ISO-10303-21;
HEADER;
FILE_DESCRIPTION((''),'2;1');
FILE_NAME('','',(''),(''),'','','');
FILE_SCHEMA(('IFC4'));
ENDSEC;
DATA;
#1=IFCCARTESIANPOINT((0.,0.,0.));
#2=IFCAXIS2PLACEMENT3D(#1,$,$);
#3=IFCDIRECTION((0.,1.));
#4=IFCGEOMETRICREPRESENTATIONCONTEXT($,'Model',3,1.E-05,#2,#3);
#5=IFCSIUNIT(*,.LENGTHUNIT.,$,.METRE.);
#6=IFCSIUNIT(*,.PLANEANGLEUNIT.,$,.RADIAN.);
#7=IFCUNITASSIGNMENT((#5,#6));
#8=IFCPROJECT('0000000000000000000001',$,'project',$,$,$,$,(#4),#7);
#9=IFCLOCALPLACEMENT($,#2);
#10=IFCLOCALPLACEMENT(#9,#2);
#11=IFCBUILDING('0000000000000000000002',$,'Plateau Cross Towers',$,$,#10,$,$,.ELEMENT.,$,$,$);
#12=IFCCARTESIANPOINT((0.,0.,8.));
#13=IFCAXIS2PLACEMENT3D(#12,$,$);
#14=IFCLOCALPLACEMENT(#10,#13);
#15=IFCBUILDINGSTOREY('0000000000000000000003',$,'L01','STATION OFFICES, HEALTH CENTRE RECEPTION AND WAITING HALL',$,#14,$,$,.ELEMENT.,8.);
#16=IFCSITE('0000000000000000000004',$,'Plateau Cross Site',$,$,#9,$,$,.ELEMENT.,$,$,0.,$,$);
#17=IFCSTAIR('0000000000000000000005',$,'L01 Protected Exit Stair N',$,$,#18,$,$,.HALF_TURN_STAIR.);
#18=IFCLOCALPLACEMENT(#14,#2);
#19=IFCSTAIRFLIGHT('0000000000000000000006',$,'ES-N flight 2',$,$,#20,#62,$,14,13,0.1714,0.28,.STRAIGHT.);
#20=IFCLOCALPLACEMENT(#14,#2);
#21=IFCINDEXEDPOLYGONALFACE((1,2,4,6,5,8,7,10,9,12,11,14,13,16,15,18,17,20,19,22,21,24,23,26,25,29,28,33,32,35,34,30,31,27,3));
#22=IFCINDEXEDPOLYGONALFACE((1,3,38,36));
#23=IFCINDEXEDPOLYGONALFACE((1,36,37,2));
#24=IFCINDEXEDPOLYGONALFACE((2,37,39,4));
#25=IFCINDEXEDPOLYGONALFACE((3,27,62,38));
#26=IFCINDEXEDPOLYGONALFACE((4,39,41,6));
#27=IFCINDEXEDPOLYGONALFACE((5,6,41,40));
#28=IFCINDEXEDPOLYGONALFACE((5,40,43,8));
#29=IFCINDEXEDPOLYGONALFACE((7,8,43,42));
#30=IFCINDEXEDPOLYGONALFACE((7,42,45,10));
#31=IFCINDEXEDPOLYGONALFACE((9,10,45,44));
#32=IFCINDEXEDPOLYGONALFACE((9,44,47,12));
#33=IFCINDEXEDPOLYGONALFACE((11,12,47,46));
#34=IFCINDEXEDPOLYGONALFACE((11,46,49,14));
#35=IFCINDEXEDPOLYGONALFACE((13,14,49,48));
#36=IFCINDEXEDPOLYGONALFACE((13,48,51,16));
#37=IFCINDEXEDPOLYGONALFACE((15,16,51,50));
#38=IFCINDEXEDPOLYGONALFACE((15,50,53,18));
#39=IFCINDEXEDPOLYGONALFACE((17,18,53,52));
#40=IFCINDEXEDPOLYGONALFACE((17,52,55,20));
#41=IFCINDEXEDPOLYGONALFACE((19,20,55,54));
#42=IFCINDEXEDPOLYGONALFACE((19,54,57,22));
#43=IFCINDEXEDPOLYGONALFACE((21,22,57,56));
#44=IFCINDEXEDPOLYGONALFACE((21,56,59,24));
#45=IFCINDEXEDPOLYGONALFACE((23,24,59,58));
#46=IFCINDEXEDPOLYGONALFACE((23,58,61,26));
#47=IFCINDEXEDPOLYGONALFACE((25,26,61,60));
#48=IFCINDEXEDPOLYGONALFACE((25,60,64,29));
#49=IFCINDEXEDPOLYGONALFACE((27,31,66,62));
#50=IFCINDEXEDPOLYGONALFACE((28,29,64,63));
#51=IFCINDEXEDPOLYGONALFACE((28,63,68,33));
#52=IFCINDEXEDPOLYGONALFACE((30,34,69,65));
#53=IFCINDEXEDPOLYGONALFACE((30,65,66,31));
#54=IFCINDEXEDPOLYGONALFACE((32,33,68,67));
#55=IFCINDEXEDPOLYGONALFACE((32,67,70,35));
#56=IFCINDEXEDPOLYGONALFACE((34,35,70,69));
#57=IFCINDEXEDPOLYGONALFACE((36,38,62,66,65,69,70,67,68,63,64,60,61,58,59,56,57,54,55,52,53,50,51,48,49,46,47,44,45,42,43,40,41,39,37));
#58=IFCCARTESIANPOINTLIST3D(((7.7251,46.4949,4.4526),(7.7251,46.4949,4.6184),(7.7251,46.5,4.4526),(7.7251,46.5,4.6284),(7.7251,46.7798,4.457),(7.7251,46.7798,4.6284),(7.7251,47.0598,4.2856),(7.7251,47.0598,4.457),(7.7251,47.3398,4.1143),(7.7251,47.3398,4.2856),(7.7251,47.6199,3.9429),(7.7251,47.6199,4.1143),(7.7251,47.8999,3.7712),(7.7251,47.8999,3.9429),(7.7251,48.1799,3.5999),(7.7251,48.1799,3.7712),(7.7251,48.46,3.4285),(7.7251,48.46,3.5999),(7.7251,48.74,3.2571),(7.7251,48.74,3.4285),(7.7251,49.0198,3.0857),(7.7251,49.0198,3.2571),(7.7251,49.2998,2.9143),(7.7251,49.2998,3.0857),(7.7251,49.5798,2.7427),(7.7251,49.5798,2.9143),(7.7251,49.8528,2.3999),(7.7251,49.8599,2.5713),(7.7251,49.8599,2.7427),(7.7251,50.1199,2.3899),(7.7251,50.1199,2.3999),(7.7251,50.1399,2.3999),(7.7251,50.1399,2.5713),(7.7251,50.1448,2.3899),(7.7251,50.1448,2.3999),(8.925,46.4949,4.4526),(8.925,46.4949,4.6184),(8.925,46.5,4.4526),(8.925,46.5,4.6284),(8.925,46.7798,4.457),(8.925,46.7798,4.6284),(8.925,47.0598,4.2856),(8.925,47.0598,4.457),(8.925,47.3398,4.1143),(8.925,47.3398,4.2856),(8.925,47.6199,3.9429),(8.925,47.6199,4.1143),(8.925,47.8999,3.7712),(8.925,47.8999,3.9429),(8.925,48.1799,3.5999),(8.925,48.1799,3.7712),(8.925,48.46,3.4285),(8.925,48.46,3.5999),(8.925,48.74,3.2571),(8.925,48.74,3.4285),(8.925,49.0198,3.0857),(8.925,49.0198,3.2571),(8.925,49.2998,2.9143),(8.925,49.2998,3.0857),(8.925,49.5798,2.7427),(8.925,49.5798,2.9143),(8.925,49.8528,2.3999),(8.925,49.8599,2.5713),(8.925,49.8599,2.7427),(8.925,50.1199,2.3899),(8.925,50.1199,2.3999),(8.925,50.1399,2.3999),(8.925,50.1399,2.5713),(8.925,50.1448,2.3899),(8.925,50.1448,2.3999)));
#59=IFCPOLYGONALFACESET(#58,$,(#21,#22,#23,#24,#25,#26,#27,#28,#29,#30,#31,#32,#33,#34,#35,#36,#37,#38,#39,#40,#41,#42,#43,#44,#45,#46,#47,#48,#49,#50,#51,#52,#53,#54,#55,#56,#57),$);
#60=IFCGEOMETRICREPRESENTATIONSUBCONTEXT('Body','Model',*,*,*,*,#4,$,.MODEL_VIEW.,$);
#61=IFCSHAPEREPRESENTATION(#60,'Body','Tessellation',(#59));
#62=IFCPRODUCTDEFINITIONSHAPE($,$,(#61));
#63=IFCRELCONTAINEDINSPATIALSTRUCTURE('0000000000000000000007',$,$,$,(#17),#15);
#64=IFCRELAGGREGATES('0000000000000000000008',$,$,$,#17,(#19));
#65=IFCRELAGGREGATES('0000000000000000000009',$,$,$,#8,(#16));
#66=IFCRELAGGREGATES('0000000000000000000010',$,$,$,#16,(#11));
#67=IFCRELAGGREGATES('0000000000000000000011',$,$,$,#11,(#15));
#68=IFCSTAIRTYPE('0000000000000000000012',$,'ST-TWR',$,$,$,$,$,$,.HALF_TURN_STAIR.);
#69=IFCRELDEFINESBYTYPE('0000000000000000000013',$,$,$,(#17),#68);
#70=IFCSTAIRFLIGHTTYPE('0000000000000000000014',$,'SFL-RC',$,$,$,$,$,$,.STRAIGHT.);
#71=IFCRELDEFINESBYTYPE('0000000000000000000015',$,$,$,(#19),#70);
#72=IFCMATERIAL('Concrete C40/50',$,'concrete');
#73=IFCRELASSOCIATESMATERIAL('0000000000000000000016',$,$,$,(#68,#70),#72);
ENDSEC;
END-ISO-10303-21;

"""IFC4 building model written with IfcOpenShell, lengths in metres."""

from ifc_helpers import new_model, si_unit, direction, frame, origin, place, context, subcontext, project, spatial, polyline, outline, extrude, material, type_object, element, aggregate, save


model = new_model("IFC4")

# Units and contexts
model_context = context("Model", 3, precision=1e-05, world=origin(), true_north=direction((0.0, 1.0)))
body_context = subcontext(model_context, "Body", "Model", "MODEL_VIEW")
ifc_project = project(units=[si_unit("LENGTHUNIT", "METRE"), si_unit("PLANEANGLEUNIT", "RADIAN")], contexts=[model_context])

# Site, building, storey
site_placement = place(None, origin())
site = spatial("IfcSite", under=ifc_project, at=site_placement, Name="Plateau Cross Site", CompositionType="ELEMENT", RefElevation=0.0)
building_placement = place(site_placement, origin())
building = spatial("IfcBuilding", under=site, at=building_placement, Name="Plateau Cross Towers", CompositionType="ELEMENT")
storey_placement = place(building_placement, frame((0.0, 0.0, 8.0)))
storey = spatial("IfcBuildingStorey", under=building, at=storey_placement, Name="L01", Description="STATION OFFICES, HEALTH CENTRE RECEPTION AND WAITING HALL", CompositionType="ELEMENT", Elevation=8.0)

# Stair, stair flight
ifc_material_1 = material(Name="Concrete C40/50", Category="concrete")
stair_type_1 = type_object("IfcStairType", Name="ST-TWR", PredefinedType="HALF_TURN_STAIR", material=ifc_material_1)
stair_1_placement = place(storey_placement, origin())
stair_1 = element("IfcStair", 1, at=stair_1_placement, inside=storey, type_object=stair_type_1, Name="L01 Protected Exit Stair N", PredefinedType="HALF_TURN_STAIR")
stair_flight_type_1 = type_object("IfcStairFlightType", Name="SFL-RC", PredefinedType="STRAIGHT", material=ifc_material_1)
stair_flight_1_placement = place(storey_placement, frame((8.325, 50.1399, 2.3999), z_axis=(0.0, 0.0, 1.0), x_axis=(0.0, -1.0, 0.0)))
stair_flight_1 = element("IfcStairFlight", 2, at=stair_flight_1_placement, type_object=stair_flight_type_1, Name="ES-N flight 2", NumberOfRisers=14, NumberOfTreads=13, PredefinedType="STRAIGHT", RiserHeight=0.1714, TreadLength=0.28, context=body_context, shape_type="SweptSolid", body=[
    extrude(outline(polyline([(-0.0049, -0.01), (-0.0049, 0.0), (0.0, 0.0), (0.0, 0.1714), (0.28, 0.1714), (0.28, 0.3428), (0.5601, 0.3428), (0.5601, 0.5144), (0.8401, 0.5144), (0.8401, 0.6858), (1.1201, 0.6858), (1.1201, 0.8572), (1.3999, 0.8572), (1.3999, 1.0286), (1.6799, 1.0286), (1.6799, 1.2), (1.96, 1.2), (1.96, 1.3713), (2.24, 1.3713), (2.24, 1.543), (2.52, 1.543), (2.52, 1.7144), (2.8, 1.7144), (2.8, 1.8857), (3.0801, 1.8857), (3.0801, 2.0571), (3.3601, 2.0571), (3.3601, 2.2285), (3.6399, 2.2285), (3.645, 2.2185), (3.645, 2.0527), (3.6399, 2.0527), (0.2871, 0.0), (0.02, 0.0), (0.02, -0.01), (-0.0049, -0.01)])), frame((0.0, 0.6001, 0.0), z_axis=(0.0, -1.0, 0.0), x_axis=(1.0, 0.0, 0.0)), (0.0, 0.0, 1.0), 1.2),
])
aggregate(stair_1, [stair_flight_1])

save(model, "model.ifc")
